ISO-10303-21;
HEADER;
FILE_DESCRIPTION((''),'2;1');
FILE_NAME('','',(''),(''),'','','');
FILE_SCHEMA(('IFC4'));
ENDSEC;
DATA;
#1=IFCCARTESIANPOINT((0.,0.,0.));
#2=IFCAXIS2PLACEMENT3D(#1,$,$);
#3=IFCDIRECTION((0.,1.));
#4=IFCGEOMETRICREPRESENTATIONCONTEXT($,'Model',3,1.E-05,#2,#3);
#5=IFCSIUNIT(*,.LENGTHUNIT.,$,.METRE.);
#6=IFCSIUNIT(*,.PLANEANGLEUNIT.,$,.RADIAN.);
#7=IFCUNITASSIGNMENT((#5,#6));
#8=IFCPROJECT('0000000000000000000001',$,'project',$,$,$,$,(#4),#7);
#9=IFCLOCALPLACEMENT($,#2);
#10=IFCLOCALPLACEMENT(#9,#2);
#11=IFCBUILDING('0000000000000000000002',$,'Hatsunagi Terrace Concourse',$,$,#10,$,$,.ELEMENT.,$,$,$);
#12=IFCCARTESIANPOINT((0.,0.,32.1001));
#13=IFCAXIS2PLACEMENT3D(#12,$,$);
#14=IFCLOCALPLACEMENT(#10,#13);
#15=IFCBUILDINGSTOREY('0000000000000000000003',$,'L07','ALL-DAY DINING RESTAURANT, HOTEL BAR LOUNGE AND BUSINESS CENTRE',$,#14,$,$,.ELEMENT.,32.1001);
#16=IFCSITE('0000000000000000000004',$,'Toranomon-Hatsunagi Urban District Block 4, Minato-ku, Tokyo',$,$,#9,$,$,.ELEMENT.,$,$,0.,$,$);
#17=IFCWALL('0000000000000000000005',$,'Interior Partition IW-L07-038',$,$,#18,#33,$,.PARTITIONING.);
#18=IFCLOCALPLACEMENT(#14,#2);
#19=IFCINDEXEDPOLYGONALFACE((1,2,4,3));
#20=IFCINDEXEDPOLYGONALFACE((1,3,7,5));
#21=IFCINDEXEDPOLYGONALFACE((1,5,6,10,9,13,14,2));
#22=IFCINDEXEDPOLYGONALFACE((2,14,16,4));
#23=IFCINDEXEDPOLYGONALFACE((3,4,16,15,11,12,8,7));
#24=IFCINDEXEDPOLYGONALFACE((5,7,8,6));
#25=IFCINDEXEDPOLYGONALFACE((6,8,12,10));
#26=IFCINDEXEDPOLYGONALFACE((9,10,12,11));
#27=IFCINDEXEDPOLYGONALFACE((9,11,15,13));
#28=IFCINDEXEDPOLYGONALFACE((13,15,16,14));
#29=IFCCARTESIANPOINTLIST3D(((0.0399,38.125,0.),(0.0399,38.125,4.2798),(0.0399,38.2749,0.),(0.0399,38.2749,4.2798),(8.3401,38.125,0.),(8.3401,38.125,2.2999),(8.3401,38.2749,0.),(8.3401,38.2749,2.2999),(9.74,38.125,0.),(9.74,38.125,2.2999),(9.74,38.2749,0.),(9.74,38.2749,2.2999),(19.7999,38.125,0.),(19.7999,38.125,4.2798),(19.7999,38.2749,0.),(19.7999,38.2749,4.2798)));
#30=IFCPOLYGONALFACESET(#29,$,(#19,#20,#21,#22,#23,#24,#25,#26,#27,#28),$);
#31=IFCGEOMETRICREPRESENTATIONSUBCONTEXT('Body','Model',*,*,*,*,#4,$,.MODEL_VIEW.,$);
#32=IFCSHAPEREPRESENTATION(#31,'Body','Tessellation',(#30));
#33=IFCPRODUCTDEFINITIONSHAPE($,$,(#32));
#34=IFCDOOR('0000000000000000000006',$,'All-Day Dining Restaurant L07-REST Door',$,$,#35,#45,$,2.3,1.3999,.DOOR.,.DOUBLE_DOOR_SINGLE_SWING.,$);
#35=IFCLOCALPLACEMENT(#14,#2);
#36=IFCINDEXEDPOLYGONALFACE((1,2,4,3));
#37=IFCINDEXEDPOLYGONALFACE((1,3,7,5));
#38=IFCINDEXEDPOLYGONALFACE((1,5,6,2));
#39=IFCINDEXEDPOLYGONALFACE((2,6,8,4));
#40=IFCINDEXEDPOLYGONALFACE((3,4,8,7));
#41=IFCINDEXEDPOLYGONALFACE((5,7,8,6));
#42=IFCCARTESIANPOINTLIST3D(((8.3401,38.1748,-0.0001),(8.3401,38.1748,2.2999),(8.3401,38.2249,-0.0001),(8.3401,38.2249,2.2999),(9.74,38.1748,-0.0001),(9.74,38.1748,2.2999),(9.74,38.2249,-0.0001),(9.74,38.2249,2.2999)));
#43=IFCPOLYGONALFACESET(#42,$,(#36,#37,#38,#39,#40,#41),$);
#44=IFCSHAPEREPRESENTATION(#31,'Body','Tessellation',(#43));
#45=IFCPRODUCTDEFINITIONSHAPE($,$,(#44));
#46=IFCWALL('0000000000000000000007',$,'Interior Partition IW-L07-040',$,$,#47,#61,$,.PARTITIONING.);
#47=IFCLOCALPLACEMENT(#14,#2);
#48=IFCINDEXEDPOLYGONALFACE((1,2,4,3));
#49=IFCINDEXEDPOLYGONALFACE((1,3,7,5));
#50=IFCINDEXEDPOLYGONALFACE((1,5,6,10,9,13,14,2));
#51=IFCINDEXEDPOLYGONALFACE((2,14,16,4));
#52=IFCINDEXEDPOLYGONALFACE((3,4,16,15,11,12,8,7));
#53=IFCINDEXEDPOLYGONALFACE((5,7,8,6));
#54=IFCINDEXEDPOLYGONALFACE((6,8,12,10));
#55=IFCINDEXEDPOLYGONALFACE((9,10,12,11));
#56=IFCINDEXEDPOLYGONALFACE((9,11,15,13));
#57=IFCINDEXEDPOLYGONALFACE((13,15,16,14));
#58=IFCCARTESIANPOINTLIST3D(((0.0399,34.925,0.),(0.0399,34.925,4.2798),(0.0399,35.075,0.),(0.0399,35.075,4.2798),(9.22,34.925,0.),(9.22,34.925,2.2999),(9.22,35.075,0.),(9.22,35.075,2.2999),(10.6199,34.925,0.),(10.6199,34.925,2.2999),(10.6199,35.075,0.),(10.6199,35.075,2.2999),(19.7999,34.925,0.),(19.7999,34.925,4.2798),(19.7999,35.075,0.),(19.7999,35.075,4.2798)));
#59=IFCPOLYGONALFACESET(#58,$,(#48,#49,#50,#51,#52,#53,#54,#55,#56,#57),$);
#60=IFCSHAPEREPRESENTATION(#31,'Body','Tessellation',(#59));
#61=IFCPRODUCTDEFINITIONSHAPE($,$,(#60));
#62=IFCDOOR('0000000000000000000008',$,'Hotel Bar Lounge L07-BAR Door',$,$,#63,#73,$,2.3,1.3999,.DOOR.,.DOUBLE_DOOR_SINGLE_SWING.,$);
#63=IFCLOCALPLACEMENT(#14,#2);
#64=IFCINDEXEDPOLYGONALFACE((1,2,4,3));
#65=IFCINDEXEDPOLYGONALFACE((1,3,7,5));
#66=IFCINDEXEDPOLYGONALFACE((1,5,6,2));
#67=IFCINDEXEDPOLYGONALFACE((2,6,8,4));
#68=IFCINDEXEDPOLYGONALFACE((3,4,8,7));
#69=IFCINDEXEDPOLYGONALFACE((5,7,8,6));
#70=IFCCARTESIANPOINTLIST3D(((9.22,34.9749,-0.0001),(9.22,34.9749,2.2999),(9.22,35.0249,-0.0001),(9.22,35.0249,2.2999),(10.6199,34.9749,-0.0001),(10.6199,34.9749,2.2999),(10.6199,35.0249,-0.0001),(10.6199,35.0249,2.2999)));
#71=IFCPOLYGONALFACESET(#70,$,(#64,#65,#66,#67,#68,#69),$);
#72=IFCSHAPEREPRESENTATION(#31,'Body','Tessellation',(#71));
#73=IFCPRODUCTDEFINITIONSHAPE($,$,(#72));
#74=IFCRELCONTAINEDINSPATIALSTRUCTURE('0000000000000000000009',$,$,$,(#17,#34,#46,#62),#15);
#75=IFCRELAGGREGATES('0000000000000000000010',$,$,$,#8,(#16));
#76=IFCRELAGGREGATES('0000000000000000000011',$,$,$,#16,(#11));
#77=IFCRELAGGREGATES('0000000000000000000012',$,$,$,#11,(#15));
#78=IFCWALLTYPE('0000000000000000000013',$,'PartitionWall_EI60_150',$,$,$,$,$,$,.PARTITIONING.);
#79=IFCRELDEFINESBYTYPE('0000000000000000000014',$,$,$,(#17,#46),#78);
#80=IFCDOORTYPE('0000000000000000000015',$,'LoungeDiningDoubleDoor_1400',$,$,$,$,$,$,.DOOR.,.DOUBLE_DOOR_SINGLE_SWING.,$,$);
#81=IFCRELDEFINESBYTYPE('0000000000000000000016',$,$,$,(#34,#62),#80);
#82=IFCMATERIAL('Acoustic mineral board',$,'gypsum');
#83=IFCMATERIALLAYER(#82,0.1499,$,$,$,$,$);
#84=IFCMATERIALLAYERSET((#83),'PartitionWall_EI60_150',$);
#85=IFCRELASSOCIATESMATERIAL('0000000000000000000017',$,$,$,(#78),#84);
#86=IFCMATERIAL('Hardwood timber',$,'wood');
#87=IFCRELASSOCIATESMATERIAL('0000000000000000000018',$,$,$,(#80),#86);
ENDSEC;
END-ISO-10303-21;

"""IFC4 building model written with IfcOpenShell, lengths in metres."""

from ifc_helpers import new_model, si_unit, direction, frame, frame_2d, origin, place, context, subcontext, project, spatial, rectangle, extrude, material, layer, layer_set, type_object, element, fill, save


model = new_model("IFC4")

# Units and contexts
model_context = context("Model", 3, precision=1e-05, world=origin(), true_north=direction((0.0, 1.0)))
body_context = subcontext(model_context, "Body", "Model", "MODEL_VIEW")
ifc_project = project(units=[si_unit("LENGTHUNIT", "METRE"), si_unit("PLANEANGLEUNIT", "RADIAN")], contexts=[model_context])

# Site, building, storey
site_placement = place(None, origin())
site = spatial("IfcSite", under=ifc_project, at=site_placement, Name="Toranomon-Hatsunagi Urban District Block 4, Minato-ku, Tokyo", CompositionType="ELEMENT", RefElevation=0.0)
building_placement = place(site_placement, origin())
building = spatial("IfcBuilding", under=site, at=building_placement, Name="Hatsunagi Terrace Concourse", CompositionType="ELEMENT")
storey_placement = place(building_placement, frame((0.0, 0.0, 32.1001)))
storey = spatial("IfcBuildingStorey", under=building, at=storey_placement, Name="L07", Description="ALL-DAY DINING RESTAURANT, HOTEL BAR LOUNGE AND BUSINESS CENTRE", CompositionType="ELEMENT", Elevation=32.1001)

# Walls, openings, doors
ifc_material_1 = material(Name="Acoustic mineral board", Category="gypsum")
ifc_layer_1 = layer(ifc_material_1, 0.1499)
ifc_layer_set_1 = layer_set([ifc_layer_1], Name="PartitionWall_EI60_150")
wall_type = type_object("IfcWallType", Name="PartitionWall_EI60_150", PredefinedType="PARTITIONING", material=ifc_layer_set_1)
wall_1_placement = place(storey_placement, frame((0.04, 38.2, 0.0), z_axis=(0.0, 0.0, 1.0), x_axis=(1.0, 0.0, 0.0)))
wall_1 = element("IfcWall", 1, at=wall_1_placement, inside=storey, type_object=wall_type, Name="Interior Partition IW-L07-038", PredefinedType="PARTITIONING", context=body_context, shape_type="SweptSolid", body=[
    extrude(rectangle(XDim=19.76, YDim=0.1499, at=frame_2d((9.8799, 0.0))), origin(), (0.0, 0.0, 1.0), 4.2798),
])
opening_1_placement = place(wall_1_placement, frame((8.3, 0.0, 0.0)))
opening_1 = element("IfcOpeningElement", 2, at=opening_1_placement, cuts=wall_1, PredefinedType="OPENING", context=body_context, shape_type="SweptSolid", body=[
    extrude(rectangle(XDim=1.3999, YDim=2.3, at=frame_2d((0.7, 1.1499))), frame((0.0, 0.085, 0.0), z_axis=(0.0, -1.0, 0.0), x_axis=(1.0, 0.0, 0.0)), (0.0, 0.0, 1.0), 0.1699),
])
ifc_material_2 = material(Name="Hardwood timber", Category="wood")
door_type = type_object("IfcDoorType", Name="LoungeDiningDoubleDoor_1400", OperationType="DOUBLE_DOOR_SINGLE_SWING", PredefinedType="DOOR", material=ifc_material_2)
door_1_placement = place(opening_1_placement, origin())
door_1 = element("IfcDoor", 3, at=door_1_placement, inside=storey, type_object=door_type, Name="All-Day Dining Restaurant L07-REST Door", OperationType="DOUBLE_DOOR_SINGLE_SWING", OverallHeight=2.3, OverallWidth=1.3999, PredefinedType="DOOR", context=body_context, shape_type="SweptSolid", body=[
    extrude(rectangle(XDim=1.3999, YDim=2.3, at=frame_2d((0.7, 1.1499))), frame((0.0, 0.0249, 0.0), z_axis=(0.0, -1.0, 0.0), x_axis=(1.0, 0.0, 0.0)), (0.0, 0.0, 1.0), 0.05),
])
fill(opening_1, door_1)
wall_2_placement = place(storey_placement, frame((0.04, 35.0, 0.0), z_axis=(0.0, 0.0, 1.0), x_axis=(1.0, 0.0, 0.0)))
wall_2 = element("IfcWall", 4, at=wall_2_placement, inside=storey, type_object=wall_type, Name="Interior Partition IW-L07-040", PredefinedType="PARTITIONING", context=body_context, shape_type="SweptSolid", body=[
    extrude(rectangle(XDim=19.76, YDim=0.1499, at=frame_2d((9.8799, 0.0))), origin(), (0.0, 0.0, 1.0), 4.2798),
])
opening_2_placement = place(wall_2_placement, frame((9.1799, 0.0, 0.0)))
opening_2 = element("IfcOpeningElement", 5, at=opening_2_placement, cuts=wall_2, PredefinedType="OPENING", context=body_context, shape_type="SweptSolid", body=[
    extrude(rectangle(XDim=1.3999, YDim=2.3, at=frame_2d((0.7, 1.1499))), frame((0.0, 0.085, 0.0), z_axis=(0.0, -1.0, 0.0), x_axis=(1.0, 0.0, 0.0)), (0.0, 0.0, 1.0), 0.1699),
])
door_2_placement = place(opening_2_placement, origin())
door_2 = element("IfcDoor", 6, at=door_2_placement, inside=storey, type_object=door_type, Name="Hotel Bar Lounge L07-BAR Door", OperationType="DOUBLE_DOOR_SINGLE_SWING", OverallHeight=2.3, OverallWidth=1.3999, PredefinedType="DOOR", context=body_context, shape_type="SweptSolid", body=[
    extrude(rectangle(XDim=1.3999, YDim=2.3, at=frame_2d((0.7, 1.1499))), frame((0.0, 0.0249, 0.0), z_axis=(0.0, -1.0, 0.0), x_axis=(1.0, 0.0, 0.0)), (0.0, 0.0, 1.0), 0.05),
])
fill(opening_2, door_2)

save(model, "model.ifc")
